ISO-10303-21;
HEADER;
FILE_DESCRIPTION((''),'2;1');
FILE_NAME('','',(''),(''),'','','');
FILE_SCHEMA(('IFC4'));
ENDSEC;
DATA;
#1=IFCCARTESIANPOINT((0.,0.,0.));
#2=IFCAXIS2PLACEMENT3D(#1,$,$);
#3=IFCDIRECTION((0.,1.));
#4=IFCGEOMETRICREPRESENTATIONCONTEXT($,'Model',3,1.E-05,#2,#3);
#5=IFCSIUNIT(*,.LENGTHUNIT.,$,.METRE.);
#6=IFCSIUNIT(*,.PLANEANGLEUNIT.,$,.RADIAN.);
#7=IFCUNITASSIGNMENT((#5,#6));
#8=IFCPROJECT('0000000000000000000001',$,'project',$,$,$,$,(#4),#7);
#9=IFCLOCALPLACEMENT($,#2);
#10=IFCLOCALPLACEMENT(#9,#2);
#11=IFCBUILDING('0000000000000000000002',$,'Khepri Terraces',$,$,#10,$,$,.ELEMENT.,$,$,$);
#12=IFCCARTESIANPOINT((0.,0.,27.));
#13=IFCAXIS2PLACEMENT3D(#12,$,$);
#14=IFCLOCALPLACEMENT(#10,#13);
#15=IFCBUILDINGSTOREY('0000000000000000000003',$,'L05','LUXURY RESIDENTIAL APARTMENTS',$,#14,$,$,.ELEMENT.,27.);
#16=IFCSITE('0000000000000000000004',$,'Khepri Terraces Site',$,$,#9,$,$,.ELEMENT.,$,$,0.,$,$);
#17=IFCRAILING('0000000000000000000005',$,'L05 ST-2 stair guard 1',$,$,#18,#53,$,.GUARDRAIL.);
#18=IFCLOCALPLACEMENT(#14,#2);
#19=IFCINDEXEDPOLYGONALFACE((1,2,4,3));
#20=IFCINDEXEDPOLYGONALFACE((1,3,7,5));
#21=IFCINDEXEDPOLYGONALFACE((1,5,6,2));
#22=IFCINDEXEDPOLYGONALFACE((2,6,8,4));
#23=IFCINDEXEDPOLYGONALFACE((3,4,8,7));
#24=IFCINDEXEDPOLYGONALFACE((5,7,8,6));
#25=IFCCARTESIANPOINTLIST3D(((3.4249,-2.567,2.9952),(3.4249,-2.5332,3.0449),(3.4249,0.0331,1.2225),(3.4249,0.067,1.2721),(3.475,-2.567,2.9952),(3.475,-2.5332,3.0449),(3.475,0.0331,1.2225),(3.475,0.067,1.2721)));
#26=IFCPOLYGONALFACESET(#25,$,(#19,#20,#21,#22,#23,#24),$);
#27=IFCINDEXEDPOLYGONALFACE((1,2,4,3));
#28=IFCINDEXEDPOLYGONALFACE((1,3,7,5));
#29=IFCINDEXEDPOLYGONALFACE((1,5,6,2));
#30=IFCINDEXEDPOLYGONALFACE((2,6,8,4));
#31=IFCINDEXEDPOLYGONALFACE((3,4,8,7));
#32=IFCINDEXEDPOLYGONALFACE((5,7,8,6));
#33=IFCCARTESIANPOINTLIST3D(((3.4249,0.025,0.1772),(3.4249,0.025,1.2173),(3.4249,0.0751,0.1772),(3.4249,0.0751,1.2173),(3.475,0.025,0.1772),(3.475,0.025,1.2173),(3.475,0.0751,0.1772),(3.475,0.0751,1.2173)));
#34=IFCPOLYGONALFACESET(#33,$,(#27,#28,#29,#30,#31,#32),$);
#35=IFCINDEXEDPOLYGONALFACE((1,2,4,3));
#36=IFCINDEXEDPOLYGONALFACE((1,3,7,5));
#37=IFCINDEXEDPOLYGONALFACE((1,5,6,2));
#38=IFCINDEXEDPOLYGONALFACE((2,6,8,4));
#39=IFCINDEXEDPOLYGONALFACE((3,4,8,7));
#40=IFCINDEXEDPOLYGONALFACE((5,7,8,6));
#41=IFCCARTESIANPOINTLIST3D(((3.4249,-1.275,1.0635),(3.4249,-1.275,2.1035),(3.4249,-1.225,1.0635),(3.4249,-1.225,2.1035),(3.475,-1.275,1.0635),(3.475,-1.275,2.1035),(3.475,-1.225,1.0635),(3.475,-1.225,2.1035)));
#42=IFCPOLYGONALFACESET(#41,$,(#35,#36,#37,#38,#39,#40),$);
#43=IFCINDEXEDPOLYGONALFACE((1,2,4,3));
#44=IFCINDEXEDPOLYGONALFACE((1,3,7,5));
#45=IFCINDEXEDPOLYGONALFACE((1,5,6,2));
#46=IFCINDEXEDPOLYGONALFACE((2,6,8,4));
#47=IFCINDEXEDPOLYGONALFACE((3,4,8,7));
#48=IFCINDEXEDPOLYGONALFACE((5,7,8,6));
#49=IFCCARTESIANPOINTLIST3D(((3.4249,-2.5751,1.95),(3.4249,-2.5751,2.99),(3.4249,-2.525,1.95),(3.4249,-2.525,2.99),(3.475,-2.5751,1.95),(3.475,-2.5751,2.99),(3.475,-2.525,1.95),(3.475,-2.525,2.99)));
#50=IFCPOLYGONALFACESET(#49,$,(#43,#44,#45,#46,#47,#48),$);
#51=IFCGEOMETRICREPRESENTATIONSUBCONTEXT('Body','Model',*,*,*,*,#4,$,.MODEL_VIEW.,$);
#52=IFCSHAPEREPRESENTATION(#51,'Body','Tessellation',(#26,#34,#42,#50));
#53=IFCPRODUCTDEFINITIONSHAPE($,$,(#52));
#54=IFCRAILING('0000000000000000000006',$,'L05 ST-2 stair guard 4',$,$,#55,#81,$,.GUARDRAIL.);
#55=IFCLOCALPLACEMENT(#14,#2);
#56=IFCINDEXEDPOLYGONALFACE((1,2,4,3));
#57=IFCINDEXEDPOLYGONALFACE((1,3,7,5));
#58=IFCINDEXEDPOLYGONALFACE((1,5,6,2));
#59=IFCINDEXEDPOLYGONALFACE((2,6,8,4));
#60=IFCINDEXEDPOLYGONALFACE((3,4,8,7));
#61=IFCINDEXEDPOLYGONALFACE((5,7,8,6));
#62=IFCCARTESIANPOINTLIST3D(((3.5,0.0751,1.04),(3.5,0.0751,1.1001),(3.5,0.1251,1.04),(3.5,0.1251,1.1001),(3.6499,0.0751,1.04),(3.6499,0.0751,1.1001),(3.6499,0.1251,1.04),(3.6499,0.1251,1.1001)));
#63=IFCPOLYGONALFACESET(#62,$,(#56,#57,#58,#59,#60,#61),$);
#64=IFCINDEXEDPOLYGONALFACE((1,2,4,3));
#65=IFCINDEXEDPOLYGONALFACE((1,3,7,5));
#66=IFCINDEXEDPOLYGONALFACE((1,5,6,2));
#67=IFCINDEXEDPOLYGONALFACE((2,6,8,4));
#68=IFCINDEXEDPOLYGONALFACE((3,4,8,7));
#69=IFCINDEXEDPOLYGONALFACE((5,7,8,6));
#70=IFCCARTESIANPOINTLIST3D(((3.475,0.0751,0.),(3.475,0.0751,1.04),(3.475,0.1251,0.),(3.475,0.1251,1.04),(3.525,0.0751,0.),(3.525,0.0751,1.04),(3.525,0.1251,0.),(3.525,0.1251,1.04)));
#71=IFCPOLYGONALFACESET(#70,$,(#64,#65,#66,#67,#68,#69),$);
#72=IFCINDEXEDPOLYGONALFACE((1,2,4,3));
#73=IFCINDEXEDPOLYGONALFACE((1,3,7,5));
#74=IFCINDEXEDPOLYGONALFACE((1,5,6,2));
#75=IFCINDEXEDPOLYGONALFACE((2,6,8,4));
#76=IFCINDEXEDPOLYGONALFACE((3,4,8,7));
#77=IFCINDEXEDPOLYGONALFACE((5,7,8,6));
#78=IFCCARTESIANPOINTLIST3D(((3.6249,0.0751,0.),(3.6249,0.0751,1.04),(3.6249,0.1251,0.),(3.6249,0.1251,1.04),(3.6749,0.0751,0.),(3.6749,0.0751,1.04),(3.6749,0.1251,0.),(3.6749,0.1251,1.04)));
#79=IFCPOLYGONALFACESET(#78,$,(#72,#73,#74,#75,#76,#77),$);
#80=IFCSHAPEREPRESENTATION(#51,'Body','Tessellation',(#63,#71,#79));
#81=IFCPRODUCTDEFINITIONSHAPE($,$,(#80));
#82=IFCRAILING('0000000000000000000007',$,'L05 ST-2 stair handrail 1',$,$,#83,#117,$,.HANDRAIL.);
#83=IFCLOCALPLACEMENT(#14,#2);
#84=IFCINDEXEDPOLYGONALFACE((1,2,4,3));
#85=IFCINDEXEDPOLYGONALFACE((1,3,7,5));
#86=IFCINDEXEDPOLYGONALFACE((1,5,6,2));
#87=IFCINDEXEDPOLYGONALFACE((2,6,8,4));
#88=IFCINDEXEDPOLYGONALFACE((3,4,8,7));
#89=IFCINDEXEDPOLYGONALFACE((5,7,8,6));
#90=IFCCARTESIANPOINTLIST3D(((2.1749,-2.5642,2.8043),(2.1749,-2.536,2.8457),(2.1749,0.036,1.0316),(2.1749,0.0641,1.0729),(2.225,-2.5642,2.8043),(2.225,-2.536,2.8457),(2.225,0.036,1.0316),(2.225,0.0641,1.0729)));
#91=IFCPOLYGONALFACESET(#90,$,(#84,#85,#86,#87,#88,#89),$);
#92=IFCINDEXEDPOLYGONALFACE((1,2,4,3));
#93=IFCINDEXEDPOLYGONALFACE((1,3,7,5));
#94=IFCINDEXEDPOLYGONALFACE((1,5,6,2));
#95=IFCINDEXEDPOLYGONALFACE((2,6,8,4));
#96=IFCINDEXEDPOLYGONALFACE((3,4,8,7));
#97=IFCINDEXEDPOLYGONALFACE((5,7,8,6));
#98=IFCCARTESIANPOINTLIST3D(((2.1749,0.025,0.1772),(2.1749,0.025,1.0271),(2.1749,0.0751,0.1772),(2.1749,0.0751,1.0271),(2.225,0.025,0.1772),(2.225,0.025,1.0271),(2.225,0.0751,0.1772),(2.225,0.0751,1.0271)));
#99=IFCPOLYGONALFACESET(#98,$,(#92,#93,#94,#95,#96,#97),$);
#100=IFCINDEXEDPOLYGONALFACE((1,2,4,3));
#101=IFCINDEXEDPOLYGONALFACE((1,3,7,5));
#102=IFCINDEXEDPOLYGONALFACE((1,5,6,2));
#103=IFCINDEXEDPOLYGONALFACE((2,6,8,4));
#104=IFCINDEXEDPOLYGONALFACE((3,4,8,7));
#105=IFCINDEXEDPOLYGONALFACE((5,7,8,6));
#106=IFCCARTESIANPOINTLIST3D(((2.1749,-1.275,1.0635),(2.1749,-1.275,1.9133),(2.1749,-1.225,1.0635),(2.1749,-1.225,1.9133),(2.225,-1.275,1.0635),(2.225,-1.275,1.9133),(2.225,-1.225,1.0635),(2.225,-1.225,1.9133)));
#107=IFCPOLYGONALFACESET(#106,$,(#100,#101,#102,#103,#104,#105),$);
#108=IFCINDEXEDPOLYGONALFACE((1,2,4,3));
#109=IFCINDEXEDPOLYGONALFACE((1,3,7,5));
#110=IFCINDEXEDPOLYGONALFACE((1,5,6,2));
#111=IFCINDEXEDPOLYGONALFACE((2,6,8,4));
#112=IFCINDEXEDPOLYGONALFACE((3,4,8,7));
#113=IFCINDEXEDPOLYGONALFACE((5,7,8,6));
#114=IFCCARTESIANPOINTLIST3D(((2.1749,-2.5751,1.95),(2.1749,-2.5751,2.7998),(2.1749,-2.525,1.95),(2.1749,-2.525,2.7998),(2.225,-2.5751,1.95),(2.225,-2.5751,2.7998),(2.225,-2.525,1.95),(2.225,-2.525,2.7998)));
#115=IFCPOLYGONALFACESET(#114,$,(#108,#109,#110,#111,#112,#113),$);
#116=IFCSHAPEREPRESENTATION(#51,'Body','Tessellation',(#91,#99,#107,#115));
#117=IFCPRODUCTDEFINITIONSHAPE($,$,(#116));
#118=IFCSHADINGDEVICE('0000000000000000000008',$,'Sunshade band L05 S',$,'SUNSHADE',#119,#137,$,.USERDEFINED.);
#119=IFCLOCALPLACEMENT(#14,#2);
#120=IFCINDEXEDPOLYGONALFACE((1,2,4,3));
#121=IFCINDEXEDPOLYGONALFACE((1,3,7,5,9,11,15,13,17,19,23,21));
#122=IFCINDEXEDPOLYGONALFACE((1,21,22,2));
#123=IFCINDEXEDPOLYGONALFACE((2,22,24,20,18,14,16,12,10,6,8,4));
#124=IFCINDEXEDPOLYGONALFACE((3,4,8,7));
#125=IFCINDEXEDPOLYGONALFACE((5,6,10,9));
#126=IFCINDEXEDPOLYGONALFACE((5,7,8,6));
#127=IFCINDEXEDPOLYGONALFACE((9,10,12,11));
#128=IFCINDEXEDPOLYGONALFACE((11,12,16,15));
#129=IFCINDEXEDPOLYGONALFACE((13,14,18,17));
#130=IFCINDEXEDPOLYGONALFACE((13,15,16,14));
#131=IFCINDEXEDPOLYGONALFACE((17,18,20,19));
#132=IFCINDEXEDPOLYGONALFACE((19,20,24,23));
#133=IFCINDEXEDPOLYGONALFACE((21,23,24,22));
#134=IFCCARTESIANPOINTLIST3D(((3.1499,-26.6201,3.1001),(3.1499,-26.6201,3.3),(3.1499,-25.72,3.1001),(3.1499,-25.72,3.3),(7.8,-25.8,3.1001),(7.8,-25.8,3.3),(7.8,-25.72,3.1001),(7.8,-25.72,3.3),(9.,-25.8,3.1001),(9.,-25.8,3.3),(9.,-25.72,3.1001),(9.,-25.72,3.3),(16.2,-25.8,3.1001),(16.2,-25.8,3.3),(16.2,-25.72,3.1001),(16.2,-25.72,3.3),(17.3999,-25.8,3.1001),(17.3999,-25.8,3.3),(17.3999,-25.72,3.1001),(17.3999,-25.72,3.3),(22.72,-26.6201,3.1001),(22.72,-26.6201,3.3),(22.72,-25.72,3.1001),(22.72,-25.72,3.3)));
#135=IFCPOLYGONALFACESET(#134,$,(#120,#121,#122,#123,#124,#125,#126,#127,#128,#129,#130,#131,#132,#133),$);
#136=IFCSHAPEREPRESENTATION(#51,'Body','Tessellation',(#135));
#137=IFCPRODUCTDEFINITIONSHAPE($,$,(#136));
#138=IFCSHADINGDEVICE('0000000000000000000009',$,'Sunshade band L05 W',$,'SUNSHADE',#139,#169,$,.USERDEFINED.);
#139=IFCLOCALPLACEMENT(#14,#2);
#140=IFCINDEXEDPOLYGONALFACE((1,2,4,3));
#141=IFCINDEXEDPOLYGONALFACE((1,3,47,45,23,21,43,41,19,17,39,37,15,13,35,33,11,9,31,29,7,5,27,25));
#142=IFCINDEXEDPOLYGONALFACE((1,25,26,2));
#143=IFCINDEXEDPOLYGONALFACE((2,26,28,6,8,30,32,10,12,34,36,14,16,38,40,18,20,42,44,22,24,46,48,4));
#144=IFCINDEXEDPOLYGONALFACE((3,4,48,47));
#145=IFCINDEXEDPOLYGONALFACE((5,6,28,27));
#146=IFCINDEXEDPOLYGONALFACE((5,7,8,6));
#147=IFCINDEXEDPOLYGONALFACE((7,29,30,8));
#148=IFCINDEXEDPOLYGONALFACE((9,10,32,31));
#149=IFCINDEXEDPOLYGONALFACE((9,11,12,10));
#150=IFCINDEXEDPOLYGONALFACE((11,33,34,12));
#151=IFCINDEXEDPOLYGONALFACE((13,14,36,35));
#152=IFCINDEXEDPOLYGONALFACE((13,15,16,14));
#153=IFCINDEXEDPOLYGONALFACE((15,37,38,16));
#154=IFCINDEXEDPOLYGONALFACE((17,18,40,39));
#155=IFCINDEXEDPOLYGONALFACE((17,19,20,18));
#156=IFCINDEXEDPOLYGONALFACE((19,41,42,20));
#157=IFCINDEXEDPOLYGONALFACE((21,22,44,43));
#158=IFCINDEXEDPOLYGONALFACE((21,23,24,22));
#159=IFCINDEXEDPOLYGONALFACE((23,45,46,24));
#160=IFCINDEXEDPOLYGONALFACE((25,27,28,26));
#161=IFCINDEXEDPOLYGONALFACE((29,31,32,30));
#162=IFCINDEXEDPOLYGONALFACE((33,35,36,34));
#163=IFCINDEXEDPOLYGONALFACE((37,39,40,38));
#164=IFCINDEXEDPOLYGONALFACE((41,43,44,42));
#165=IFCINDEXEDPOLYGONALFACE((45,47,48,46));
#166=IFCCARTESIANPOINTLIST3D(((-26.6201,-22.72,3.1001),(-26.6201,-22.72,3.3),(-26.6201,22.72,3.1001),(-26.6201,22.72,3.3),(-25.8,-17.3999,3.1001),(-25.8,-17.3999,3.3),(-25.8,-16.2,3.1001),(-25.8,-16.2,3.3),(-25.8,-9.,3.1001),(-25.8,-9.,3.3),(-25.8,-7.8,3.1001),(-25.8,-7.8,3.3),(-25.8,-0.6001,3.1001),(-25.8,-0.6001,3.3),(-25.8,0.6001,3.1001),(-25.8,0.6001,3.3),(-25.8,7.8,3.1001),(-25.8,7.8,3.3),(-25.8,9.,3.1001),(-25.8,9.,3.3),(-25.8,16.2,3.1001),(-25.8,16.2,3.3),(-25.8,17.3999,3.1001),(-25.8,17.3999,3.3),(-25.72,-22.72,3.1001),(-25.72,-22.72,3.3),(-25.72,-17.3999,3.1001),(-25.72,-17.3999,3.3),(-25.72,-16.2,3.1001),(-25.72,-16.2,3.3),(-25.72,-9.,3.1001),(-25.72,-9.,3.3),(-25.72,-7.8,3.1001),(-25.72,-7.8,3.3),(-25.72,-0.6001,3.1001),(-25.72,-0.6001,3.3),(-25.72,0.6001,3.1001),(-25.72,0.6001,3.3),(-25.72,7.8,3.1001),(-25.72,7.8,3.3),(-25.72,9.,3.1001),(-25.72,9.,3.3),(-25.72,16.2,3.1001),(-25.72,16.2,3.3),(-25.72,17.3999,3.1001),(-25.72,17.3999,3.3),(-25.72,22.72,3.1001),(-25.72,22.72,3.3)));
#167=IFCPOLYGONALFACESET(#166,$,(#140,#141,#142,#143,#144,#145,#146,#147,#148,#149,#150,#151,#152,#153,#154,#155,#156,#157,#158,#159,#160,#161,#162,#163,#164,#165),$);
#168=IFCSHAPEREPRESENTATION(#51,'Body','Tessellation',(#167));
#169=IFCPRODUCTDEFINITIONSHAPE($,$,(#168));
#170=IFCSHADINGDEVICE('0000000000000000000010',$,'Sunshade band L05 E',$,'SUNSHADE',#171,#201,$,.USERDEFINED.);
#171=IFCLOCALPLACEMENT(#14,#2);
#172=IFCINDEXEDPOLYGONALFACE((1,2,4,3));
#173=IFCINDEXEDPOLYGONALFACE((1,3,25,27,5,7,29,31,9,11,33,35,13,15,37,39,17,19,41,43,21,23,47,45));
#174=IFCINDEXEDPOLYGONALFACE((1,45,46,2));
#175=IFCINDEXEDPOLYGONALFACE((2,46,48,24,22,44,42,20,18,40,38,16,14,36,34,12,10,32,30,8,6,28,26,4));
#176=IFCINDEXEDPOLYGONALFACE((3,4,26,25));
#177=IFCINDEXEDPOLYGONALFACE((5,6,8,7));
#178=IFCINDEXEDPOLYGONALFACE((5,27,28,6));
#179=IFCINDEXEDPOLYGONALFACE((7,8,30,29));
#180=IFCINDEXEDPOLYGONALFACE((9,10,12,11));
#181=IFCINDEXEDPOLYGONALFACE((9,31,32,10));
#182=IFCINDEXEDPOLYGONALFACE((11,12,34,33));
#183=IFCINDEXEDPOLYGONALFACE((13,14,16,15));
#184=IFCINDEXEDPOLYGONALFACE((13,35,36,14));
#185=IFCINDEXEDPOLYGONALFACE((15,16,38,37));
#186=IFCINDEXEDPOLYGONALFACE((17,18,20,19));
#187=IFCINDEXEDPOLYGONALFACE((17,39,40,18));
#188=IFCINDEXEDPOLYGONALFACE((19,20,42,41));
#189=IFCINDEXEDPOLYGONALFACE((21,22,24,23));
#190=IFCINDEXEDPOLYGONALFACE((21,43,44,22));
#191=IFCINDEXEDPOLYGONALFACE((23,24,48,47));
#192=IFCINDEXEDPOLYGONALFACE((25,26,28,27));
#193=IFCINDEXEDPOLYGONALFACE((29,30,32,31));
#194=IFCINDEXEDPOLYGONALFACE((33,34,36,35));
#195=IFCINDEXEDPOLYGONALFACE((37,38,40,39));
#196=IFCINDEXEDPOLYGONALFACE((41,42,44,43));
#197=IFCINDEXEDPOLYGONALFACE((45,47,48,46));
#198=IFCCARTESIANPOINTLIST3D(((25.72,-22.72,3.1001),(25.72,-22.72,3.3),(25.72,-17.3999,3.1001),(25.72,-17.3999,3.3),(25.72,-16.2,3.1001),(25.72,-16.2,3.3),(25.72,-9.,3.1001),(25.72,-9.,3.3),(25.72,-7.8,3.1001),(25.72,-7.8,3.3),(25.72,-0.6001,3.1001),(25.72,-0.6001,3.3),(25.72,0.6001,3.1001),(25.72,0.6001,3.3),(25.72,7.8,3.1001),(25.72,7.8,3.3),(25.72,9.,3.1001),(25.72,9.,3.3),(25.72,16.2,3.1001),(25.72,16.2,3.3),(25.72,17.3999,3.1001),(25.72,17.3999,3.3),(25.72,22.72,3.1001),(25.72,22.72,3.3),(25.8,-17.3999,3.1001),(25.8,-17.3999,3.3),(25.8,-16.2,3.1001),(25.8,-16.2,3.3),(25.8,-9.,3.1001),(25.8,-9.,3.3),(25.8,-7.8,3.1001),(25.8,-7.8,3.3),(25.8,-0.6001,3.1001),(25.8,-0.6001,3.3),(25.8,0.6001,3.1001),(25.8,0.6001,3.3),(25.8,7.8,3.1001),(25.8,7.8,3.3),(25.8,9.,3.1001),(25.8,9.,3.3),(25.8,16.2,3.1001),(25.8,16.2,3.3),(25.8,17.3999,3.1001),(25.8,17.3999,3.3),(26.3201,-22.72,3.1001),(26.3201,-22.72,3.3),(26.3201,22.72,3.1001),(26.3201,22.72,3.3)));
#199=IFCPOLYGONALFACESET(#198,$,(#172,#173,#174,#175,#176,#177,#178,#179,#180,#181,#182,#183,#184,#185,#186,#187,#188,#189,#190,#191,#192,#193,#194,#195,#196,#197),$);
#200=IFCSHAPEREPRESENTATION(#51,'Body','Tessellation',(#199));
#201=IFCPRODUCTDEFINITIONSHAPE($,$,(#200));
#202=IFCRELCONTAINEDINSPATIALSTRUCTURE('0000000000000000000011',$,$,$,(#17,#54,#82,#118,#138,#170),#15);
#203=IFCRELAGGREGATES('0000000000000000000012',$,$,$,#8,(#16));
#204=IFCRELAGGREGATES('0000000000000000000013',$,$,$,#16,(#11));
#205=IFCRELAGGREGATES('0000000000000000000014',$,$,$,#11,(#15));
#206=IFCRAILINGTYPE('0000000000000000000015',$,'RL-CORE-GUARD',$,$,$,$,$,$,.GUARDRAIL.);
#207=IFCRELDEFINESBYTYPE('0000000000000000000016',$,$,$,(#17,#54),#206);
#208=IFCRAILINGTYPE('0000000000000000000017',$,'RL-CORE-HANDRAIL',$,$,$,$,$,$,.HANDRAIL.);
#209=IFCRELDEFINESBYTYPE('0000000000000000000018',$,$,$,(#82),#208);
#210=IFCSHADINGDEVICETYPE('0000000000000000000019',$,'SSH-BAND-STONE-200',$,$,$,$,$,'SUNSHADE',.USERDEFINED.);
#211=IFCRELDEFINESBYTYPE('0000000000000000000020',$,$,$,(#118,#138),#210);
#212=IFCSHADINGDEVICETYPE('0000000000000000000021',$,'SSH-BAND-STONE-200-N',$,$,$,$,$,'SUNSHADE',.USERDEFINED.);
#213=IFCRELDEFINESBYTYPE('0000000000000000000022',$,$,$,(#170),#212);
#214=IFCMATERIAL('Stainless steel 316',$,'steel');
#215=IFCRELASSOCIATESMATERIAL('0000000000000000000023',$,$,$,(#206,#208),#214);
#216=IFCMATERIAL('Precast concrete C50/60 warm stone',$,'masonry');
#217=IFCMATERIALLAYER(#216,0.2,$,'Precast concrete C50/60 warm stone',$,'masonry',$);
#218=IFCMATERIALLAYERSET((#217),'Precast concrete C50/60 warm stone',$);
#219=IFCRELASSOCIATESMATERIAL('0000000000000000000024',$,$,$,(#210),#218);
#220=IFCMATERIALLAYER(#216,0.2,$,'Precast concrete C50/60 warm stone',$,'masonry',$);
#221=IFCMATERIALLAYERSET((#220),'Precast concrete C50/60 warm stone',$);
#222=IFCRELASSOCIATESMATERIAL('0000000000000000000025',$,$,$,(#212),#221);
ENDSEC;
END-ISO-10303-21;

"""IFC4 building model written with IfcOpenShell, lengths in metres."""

from ifc_helpers import new_model, si_unit, direction, frame, origin, origin_2d, place, context, subcontext, project, spatial, polyline, rectangle, outline, extrude, material, layer, layer_set, type_object, element, save


model = new_model("IFC4")

# Units and contexts
model_context = context("Model", 3, precision=1e-05, world=origin(), true_north=direction((0.0, 1.0)))
body_context = subcontext(model_context, "Body", "Model", "MODEL_VIEW")
ifc_project = project(units=[si_unit("LENGTHUNIT", "METRE"), si_unit("PLANEANGLEUNIT", "RADIAN")], contexts=[model_context])

# Site, building, storey
site_placement = place(None, origin())
site = spatial("IfcSite", under=ifc_project, at=site_placement, Name="Khepri Terraces Site", CompositionType="ELEMENT", RefElevation=0.0)
building_placement = place(site_placement, origin())
building = spatial("IfcBuilding", under=site, at=building_placement, Name="Khepri Terraces", CompositionType="ELEMENT")
storey_placement = place(building_placement, frame((0.0, 0.0, 27.0)))
storey = spatial("IfcBuildingStorey", under=building, at=storey_placement, Name="L05", Description="LUXURY RESIDENTIAL APARTMENTS", CompositionType="ELEMENT", Elevation=27.0)

# Railings
ifc_material_1 = material(Name="Stainless steel 316", Category="steel")
railing_type_1 = type_object("IfcRailingType", Name="RL-CORE-GUARD", PredefinedType="GUARDRAIL", material=ifc_material_1)
railing_1_placement = place(storey_placement, frame((3.45, 0.05, 0.1772)))
element("IfcRailing", 1, at=railing_1_placement, inside=storey, type_object=railing_type_1, Name="L05 ST-2 stair guard 1", PredefinedType="GUARDRAIL", context=body_context, shape_type="SweptSolid", body=[
    extrude(rectangle(XDim=0.05, YDim=0.0601, at=origin_2d()), frame((0.0, 0.0, 1.0701), z_axis=(0.0, -0.82624, 0.563318), x_axis=(1.0, 0.0, 0.0)), (0.0, 0.0, 1.0), 3.147),
    extrude(rectangle(XDim=0.05, YDim=0.05, at=origin_2d()), origin(), (0.0, 0.0, 1.0), 1.04),
    extrude(rectangle(XDim=0.05, YDim=0.05, at=origin_2d()), frame((0.0, -1.3, 0.8862)), (0.0, 0.0, 1.0), 1.04),
    extrude(rectangle(XDim=0.05, YDim=0.05, at=origin_2d()), frame((0.0, -2.6001, 1.7727)), (0.0, 0.0, 1.0), 1.04),
])
railing_2_placement = place(storey_placement, frame((3.5, 0.1001, 0.0)))
element("IfcRailing", 2, at=railing_2_placement, inside=storey, type_object=railing_type_1, Name="L05 ST-2 stair guard 4", PredefinedType="GUARDRAIL", context=body_context, shape_type="SweptSolid", body=[
    extrude(rectangle(XDim=0.05, YDim=0.0601, at=origin_2d()), frame((0.0, 0.0, 1.0701), z_axis=(1.0, 0.0, 0.0), x_axis=(0.0, 1.0, 0.0)), (0.0, 0.0, 1.0), 0.1499),
    extrude(rectangle(XDim=0.05, YDim=0.05, at=origin_2d()), origin(), (0.0, 0.0, 1.0), 1.04),
    extrude(rectangle(XDim=0.05, YDim=0.05, at=origin_2d()), frame((0.1499, 0.0, 0.0)), (0.0, 0.0, 1.0), 1.04),
])
railing_type_2 = type_object("IfcRailingType", Name="RL-CORE-HANDRAIL", PredefinedType="HANDRAIL", material=ifc_material_1)
railing_3_placement = place(storey_placement, frame((2.2, 0.05, 0.1772)))
element("IfcRailing", 3, at=railing_3_placement, inside=storey, type_object=railing_type_2, Name="L05 ST-2 stair handrail 1", PredefinedType="HANDRAIL", context=body_context, shape_type="SweptSolid", body=[
    extrude(rectangle(XDim=0.05, YDim=0.05, at=origin_2d()), frame((0.0, 0.0, 0.875), z_axis=(0.0, -0.82624, 0.563318), x_axis=(1.0, 0.0, 0.0)), (0.0, 0.0, 1.0), 3.147),
    extrude(rectangle(XDim=0.05, YDim=0.05, at=origin_2d()), origin(), (0.0, 0.0, 1.0), 0.8499),
    extrude(rectangle(XDim=0.05, YDim=0.05, at=origin_2d()), frame((0.0, -1.3, 0.8862)), (0.0, 0.0, 1.0), 0.8499),
    extrude(rectangle(XDim=0.05, YDim=0.05, at=origin_2d()), frame((0.0, -2.6001, 1.7727)), (0.0, 0.0, 1.0), 0.8499),
])

# Shading devices
ifc_material_2 = material(Name="Precast concrete C50/60 warm stone", Category="masonry")
ifc_layer_1 = layer(ifc_material_2, 0.2, Name="Precast concrete C50/60 warm stone", Category="masonry")
ifc_layer_set_1 = layer_set([ifc_layer_1], Name="Precast concrete C50/60 warm stone")
shading_device_type_1 = type_object("IfcShadingDeviceType", Name="SSH-BAND-STONE-200", ElementType="SUNSHADE", PredefinedType="USERDEFINED", material=ifc_layer_set_1)
shading_device_1_placement = place(storey_placement, frame((0.0, 0.0, 3.1001)))
element("IfcShadingDevice", 4, at=shading_device_1_placement, inside=storey, type_object=shading_device_type_1, Name="Sunshade band L05 S", ObjectType="SUNSHADE", PredefinedType="USERDEFINED", context=body_context, shape_type="SweptSolid", body=[
    extrude(outline(polyline([(7.8, -25.72), (3.1499, -25.72), (3.1499, -26.6201), (22.72, -26.6201), (22.72, -25.72), (17.3999, -25.72), (17.3999, -25.8), (16.2, -25.8), (16.2, -25.72), (9.0, -25.72), (9.0, -25.8), (7.8, -25.8), (7.8, -25.72)])), origin(), (0.0, 0.0, 1.0), 0.2),
])
shading_device_2_placement = place(storey_placement, frame((0.0, 0.0, 3.1001)))
element("IfcShadingDevice", 5, at=shading_device_2_placement, inside=storey, type_object=shading_device_type_1, Name="Sunshade band L05 W", ObjectType="SUNSHADE", PredefinedType="USERDEFINED", context=body_context, shape_type="SweptSolid", body=[
    extrude(outline(polyline([(-25.72, 17.3999), (-25.72, 22.72), (-26.6201, 22.72), (-26.6201, -22.72), (-25.72, -22.72), (-25.72, -17.3999), (-25.8, -17.3999), (-25.8, -16.2), (-25.72, -16.2), (-25.72, -9.0), (-25.8, -9.0), (-25.8, -7.8), (-25.72, -7.8), (-25.72, -0.6001), (-25.8, -0.6001), (-25.8, 0.6001), (-25.72, 0.6001), (-25.72, 7.8), (-25.8, 7.8), (-25.8, 9.0), (-25.72, 9.0), (-25.72, 16.2), (-25.8, 16.2), (-25.8, 17.3999), (-25.72, 17.3999)])), origin(), (0.0, 0.0, 1.0), 0.2),
])
ifc_layer_2 = layer(ifc_material_2, 0.2, Name="Precast concrete C50/60 warm stone", Category="masonry")
ifc_layer_set_2 = layer_set([ifc_layer_2], Name="Precast concrete C50/60 warm stone")
shading_device_type_2 = type_object("IfcShadingDeviceType", Name="SSH-BAND-STONE-200-N", ElementType="SUNSHADE", PredefinedType="USERDEFINED", material=ifc_layer_set_2)
shading_device_3_placement = place(storey_placement, frame((0.0, 0.0, 3.1001)))
element("IfcShadingDevice", 6, at=shading_device_3_placement, inside=storey, type_object=shading_device_type_2, Name="Sunshade band L05 E", ObjectType="SUNSHADE", PredefinedType="USERDEFINED", context=body_context, shape_type="SweptSolid", body=[
    extrude(outline(polyline([(25.72, -17.3999), (25.72, -22.72), (26.3201, -22.72), (26.3201, 22.72), (25.72, 22.72), (25.72, 17.3999), (25.8, 17.3999), (25.8, 16.2), (25.72, 16.2), (25.72, 9.0), (25.8, 9.0), (25.8, 7.8), (25.72, 7.8), (25.72, 0.6001), (25.8, 0.6001), (25.8, -0.6001), (25.72, -0.6001), (25.72, -7.8), (25.8, -7.8), (25.8, -9.0), (25.72, -9.0), (25.72, -16.2), (25.8, -16.2), (25.8, -17.3999), (25.72, -17.3999)])), origin(), (0.0, 0.0, 1.0), 0.2),
])

save(model, "model.ifc")
